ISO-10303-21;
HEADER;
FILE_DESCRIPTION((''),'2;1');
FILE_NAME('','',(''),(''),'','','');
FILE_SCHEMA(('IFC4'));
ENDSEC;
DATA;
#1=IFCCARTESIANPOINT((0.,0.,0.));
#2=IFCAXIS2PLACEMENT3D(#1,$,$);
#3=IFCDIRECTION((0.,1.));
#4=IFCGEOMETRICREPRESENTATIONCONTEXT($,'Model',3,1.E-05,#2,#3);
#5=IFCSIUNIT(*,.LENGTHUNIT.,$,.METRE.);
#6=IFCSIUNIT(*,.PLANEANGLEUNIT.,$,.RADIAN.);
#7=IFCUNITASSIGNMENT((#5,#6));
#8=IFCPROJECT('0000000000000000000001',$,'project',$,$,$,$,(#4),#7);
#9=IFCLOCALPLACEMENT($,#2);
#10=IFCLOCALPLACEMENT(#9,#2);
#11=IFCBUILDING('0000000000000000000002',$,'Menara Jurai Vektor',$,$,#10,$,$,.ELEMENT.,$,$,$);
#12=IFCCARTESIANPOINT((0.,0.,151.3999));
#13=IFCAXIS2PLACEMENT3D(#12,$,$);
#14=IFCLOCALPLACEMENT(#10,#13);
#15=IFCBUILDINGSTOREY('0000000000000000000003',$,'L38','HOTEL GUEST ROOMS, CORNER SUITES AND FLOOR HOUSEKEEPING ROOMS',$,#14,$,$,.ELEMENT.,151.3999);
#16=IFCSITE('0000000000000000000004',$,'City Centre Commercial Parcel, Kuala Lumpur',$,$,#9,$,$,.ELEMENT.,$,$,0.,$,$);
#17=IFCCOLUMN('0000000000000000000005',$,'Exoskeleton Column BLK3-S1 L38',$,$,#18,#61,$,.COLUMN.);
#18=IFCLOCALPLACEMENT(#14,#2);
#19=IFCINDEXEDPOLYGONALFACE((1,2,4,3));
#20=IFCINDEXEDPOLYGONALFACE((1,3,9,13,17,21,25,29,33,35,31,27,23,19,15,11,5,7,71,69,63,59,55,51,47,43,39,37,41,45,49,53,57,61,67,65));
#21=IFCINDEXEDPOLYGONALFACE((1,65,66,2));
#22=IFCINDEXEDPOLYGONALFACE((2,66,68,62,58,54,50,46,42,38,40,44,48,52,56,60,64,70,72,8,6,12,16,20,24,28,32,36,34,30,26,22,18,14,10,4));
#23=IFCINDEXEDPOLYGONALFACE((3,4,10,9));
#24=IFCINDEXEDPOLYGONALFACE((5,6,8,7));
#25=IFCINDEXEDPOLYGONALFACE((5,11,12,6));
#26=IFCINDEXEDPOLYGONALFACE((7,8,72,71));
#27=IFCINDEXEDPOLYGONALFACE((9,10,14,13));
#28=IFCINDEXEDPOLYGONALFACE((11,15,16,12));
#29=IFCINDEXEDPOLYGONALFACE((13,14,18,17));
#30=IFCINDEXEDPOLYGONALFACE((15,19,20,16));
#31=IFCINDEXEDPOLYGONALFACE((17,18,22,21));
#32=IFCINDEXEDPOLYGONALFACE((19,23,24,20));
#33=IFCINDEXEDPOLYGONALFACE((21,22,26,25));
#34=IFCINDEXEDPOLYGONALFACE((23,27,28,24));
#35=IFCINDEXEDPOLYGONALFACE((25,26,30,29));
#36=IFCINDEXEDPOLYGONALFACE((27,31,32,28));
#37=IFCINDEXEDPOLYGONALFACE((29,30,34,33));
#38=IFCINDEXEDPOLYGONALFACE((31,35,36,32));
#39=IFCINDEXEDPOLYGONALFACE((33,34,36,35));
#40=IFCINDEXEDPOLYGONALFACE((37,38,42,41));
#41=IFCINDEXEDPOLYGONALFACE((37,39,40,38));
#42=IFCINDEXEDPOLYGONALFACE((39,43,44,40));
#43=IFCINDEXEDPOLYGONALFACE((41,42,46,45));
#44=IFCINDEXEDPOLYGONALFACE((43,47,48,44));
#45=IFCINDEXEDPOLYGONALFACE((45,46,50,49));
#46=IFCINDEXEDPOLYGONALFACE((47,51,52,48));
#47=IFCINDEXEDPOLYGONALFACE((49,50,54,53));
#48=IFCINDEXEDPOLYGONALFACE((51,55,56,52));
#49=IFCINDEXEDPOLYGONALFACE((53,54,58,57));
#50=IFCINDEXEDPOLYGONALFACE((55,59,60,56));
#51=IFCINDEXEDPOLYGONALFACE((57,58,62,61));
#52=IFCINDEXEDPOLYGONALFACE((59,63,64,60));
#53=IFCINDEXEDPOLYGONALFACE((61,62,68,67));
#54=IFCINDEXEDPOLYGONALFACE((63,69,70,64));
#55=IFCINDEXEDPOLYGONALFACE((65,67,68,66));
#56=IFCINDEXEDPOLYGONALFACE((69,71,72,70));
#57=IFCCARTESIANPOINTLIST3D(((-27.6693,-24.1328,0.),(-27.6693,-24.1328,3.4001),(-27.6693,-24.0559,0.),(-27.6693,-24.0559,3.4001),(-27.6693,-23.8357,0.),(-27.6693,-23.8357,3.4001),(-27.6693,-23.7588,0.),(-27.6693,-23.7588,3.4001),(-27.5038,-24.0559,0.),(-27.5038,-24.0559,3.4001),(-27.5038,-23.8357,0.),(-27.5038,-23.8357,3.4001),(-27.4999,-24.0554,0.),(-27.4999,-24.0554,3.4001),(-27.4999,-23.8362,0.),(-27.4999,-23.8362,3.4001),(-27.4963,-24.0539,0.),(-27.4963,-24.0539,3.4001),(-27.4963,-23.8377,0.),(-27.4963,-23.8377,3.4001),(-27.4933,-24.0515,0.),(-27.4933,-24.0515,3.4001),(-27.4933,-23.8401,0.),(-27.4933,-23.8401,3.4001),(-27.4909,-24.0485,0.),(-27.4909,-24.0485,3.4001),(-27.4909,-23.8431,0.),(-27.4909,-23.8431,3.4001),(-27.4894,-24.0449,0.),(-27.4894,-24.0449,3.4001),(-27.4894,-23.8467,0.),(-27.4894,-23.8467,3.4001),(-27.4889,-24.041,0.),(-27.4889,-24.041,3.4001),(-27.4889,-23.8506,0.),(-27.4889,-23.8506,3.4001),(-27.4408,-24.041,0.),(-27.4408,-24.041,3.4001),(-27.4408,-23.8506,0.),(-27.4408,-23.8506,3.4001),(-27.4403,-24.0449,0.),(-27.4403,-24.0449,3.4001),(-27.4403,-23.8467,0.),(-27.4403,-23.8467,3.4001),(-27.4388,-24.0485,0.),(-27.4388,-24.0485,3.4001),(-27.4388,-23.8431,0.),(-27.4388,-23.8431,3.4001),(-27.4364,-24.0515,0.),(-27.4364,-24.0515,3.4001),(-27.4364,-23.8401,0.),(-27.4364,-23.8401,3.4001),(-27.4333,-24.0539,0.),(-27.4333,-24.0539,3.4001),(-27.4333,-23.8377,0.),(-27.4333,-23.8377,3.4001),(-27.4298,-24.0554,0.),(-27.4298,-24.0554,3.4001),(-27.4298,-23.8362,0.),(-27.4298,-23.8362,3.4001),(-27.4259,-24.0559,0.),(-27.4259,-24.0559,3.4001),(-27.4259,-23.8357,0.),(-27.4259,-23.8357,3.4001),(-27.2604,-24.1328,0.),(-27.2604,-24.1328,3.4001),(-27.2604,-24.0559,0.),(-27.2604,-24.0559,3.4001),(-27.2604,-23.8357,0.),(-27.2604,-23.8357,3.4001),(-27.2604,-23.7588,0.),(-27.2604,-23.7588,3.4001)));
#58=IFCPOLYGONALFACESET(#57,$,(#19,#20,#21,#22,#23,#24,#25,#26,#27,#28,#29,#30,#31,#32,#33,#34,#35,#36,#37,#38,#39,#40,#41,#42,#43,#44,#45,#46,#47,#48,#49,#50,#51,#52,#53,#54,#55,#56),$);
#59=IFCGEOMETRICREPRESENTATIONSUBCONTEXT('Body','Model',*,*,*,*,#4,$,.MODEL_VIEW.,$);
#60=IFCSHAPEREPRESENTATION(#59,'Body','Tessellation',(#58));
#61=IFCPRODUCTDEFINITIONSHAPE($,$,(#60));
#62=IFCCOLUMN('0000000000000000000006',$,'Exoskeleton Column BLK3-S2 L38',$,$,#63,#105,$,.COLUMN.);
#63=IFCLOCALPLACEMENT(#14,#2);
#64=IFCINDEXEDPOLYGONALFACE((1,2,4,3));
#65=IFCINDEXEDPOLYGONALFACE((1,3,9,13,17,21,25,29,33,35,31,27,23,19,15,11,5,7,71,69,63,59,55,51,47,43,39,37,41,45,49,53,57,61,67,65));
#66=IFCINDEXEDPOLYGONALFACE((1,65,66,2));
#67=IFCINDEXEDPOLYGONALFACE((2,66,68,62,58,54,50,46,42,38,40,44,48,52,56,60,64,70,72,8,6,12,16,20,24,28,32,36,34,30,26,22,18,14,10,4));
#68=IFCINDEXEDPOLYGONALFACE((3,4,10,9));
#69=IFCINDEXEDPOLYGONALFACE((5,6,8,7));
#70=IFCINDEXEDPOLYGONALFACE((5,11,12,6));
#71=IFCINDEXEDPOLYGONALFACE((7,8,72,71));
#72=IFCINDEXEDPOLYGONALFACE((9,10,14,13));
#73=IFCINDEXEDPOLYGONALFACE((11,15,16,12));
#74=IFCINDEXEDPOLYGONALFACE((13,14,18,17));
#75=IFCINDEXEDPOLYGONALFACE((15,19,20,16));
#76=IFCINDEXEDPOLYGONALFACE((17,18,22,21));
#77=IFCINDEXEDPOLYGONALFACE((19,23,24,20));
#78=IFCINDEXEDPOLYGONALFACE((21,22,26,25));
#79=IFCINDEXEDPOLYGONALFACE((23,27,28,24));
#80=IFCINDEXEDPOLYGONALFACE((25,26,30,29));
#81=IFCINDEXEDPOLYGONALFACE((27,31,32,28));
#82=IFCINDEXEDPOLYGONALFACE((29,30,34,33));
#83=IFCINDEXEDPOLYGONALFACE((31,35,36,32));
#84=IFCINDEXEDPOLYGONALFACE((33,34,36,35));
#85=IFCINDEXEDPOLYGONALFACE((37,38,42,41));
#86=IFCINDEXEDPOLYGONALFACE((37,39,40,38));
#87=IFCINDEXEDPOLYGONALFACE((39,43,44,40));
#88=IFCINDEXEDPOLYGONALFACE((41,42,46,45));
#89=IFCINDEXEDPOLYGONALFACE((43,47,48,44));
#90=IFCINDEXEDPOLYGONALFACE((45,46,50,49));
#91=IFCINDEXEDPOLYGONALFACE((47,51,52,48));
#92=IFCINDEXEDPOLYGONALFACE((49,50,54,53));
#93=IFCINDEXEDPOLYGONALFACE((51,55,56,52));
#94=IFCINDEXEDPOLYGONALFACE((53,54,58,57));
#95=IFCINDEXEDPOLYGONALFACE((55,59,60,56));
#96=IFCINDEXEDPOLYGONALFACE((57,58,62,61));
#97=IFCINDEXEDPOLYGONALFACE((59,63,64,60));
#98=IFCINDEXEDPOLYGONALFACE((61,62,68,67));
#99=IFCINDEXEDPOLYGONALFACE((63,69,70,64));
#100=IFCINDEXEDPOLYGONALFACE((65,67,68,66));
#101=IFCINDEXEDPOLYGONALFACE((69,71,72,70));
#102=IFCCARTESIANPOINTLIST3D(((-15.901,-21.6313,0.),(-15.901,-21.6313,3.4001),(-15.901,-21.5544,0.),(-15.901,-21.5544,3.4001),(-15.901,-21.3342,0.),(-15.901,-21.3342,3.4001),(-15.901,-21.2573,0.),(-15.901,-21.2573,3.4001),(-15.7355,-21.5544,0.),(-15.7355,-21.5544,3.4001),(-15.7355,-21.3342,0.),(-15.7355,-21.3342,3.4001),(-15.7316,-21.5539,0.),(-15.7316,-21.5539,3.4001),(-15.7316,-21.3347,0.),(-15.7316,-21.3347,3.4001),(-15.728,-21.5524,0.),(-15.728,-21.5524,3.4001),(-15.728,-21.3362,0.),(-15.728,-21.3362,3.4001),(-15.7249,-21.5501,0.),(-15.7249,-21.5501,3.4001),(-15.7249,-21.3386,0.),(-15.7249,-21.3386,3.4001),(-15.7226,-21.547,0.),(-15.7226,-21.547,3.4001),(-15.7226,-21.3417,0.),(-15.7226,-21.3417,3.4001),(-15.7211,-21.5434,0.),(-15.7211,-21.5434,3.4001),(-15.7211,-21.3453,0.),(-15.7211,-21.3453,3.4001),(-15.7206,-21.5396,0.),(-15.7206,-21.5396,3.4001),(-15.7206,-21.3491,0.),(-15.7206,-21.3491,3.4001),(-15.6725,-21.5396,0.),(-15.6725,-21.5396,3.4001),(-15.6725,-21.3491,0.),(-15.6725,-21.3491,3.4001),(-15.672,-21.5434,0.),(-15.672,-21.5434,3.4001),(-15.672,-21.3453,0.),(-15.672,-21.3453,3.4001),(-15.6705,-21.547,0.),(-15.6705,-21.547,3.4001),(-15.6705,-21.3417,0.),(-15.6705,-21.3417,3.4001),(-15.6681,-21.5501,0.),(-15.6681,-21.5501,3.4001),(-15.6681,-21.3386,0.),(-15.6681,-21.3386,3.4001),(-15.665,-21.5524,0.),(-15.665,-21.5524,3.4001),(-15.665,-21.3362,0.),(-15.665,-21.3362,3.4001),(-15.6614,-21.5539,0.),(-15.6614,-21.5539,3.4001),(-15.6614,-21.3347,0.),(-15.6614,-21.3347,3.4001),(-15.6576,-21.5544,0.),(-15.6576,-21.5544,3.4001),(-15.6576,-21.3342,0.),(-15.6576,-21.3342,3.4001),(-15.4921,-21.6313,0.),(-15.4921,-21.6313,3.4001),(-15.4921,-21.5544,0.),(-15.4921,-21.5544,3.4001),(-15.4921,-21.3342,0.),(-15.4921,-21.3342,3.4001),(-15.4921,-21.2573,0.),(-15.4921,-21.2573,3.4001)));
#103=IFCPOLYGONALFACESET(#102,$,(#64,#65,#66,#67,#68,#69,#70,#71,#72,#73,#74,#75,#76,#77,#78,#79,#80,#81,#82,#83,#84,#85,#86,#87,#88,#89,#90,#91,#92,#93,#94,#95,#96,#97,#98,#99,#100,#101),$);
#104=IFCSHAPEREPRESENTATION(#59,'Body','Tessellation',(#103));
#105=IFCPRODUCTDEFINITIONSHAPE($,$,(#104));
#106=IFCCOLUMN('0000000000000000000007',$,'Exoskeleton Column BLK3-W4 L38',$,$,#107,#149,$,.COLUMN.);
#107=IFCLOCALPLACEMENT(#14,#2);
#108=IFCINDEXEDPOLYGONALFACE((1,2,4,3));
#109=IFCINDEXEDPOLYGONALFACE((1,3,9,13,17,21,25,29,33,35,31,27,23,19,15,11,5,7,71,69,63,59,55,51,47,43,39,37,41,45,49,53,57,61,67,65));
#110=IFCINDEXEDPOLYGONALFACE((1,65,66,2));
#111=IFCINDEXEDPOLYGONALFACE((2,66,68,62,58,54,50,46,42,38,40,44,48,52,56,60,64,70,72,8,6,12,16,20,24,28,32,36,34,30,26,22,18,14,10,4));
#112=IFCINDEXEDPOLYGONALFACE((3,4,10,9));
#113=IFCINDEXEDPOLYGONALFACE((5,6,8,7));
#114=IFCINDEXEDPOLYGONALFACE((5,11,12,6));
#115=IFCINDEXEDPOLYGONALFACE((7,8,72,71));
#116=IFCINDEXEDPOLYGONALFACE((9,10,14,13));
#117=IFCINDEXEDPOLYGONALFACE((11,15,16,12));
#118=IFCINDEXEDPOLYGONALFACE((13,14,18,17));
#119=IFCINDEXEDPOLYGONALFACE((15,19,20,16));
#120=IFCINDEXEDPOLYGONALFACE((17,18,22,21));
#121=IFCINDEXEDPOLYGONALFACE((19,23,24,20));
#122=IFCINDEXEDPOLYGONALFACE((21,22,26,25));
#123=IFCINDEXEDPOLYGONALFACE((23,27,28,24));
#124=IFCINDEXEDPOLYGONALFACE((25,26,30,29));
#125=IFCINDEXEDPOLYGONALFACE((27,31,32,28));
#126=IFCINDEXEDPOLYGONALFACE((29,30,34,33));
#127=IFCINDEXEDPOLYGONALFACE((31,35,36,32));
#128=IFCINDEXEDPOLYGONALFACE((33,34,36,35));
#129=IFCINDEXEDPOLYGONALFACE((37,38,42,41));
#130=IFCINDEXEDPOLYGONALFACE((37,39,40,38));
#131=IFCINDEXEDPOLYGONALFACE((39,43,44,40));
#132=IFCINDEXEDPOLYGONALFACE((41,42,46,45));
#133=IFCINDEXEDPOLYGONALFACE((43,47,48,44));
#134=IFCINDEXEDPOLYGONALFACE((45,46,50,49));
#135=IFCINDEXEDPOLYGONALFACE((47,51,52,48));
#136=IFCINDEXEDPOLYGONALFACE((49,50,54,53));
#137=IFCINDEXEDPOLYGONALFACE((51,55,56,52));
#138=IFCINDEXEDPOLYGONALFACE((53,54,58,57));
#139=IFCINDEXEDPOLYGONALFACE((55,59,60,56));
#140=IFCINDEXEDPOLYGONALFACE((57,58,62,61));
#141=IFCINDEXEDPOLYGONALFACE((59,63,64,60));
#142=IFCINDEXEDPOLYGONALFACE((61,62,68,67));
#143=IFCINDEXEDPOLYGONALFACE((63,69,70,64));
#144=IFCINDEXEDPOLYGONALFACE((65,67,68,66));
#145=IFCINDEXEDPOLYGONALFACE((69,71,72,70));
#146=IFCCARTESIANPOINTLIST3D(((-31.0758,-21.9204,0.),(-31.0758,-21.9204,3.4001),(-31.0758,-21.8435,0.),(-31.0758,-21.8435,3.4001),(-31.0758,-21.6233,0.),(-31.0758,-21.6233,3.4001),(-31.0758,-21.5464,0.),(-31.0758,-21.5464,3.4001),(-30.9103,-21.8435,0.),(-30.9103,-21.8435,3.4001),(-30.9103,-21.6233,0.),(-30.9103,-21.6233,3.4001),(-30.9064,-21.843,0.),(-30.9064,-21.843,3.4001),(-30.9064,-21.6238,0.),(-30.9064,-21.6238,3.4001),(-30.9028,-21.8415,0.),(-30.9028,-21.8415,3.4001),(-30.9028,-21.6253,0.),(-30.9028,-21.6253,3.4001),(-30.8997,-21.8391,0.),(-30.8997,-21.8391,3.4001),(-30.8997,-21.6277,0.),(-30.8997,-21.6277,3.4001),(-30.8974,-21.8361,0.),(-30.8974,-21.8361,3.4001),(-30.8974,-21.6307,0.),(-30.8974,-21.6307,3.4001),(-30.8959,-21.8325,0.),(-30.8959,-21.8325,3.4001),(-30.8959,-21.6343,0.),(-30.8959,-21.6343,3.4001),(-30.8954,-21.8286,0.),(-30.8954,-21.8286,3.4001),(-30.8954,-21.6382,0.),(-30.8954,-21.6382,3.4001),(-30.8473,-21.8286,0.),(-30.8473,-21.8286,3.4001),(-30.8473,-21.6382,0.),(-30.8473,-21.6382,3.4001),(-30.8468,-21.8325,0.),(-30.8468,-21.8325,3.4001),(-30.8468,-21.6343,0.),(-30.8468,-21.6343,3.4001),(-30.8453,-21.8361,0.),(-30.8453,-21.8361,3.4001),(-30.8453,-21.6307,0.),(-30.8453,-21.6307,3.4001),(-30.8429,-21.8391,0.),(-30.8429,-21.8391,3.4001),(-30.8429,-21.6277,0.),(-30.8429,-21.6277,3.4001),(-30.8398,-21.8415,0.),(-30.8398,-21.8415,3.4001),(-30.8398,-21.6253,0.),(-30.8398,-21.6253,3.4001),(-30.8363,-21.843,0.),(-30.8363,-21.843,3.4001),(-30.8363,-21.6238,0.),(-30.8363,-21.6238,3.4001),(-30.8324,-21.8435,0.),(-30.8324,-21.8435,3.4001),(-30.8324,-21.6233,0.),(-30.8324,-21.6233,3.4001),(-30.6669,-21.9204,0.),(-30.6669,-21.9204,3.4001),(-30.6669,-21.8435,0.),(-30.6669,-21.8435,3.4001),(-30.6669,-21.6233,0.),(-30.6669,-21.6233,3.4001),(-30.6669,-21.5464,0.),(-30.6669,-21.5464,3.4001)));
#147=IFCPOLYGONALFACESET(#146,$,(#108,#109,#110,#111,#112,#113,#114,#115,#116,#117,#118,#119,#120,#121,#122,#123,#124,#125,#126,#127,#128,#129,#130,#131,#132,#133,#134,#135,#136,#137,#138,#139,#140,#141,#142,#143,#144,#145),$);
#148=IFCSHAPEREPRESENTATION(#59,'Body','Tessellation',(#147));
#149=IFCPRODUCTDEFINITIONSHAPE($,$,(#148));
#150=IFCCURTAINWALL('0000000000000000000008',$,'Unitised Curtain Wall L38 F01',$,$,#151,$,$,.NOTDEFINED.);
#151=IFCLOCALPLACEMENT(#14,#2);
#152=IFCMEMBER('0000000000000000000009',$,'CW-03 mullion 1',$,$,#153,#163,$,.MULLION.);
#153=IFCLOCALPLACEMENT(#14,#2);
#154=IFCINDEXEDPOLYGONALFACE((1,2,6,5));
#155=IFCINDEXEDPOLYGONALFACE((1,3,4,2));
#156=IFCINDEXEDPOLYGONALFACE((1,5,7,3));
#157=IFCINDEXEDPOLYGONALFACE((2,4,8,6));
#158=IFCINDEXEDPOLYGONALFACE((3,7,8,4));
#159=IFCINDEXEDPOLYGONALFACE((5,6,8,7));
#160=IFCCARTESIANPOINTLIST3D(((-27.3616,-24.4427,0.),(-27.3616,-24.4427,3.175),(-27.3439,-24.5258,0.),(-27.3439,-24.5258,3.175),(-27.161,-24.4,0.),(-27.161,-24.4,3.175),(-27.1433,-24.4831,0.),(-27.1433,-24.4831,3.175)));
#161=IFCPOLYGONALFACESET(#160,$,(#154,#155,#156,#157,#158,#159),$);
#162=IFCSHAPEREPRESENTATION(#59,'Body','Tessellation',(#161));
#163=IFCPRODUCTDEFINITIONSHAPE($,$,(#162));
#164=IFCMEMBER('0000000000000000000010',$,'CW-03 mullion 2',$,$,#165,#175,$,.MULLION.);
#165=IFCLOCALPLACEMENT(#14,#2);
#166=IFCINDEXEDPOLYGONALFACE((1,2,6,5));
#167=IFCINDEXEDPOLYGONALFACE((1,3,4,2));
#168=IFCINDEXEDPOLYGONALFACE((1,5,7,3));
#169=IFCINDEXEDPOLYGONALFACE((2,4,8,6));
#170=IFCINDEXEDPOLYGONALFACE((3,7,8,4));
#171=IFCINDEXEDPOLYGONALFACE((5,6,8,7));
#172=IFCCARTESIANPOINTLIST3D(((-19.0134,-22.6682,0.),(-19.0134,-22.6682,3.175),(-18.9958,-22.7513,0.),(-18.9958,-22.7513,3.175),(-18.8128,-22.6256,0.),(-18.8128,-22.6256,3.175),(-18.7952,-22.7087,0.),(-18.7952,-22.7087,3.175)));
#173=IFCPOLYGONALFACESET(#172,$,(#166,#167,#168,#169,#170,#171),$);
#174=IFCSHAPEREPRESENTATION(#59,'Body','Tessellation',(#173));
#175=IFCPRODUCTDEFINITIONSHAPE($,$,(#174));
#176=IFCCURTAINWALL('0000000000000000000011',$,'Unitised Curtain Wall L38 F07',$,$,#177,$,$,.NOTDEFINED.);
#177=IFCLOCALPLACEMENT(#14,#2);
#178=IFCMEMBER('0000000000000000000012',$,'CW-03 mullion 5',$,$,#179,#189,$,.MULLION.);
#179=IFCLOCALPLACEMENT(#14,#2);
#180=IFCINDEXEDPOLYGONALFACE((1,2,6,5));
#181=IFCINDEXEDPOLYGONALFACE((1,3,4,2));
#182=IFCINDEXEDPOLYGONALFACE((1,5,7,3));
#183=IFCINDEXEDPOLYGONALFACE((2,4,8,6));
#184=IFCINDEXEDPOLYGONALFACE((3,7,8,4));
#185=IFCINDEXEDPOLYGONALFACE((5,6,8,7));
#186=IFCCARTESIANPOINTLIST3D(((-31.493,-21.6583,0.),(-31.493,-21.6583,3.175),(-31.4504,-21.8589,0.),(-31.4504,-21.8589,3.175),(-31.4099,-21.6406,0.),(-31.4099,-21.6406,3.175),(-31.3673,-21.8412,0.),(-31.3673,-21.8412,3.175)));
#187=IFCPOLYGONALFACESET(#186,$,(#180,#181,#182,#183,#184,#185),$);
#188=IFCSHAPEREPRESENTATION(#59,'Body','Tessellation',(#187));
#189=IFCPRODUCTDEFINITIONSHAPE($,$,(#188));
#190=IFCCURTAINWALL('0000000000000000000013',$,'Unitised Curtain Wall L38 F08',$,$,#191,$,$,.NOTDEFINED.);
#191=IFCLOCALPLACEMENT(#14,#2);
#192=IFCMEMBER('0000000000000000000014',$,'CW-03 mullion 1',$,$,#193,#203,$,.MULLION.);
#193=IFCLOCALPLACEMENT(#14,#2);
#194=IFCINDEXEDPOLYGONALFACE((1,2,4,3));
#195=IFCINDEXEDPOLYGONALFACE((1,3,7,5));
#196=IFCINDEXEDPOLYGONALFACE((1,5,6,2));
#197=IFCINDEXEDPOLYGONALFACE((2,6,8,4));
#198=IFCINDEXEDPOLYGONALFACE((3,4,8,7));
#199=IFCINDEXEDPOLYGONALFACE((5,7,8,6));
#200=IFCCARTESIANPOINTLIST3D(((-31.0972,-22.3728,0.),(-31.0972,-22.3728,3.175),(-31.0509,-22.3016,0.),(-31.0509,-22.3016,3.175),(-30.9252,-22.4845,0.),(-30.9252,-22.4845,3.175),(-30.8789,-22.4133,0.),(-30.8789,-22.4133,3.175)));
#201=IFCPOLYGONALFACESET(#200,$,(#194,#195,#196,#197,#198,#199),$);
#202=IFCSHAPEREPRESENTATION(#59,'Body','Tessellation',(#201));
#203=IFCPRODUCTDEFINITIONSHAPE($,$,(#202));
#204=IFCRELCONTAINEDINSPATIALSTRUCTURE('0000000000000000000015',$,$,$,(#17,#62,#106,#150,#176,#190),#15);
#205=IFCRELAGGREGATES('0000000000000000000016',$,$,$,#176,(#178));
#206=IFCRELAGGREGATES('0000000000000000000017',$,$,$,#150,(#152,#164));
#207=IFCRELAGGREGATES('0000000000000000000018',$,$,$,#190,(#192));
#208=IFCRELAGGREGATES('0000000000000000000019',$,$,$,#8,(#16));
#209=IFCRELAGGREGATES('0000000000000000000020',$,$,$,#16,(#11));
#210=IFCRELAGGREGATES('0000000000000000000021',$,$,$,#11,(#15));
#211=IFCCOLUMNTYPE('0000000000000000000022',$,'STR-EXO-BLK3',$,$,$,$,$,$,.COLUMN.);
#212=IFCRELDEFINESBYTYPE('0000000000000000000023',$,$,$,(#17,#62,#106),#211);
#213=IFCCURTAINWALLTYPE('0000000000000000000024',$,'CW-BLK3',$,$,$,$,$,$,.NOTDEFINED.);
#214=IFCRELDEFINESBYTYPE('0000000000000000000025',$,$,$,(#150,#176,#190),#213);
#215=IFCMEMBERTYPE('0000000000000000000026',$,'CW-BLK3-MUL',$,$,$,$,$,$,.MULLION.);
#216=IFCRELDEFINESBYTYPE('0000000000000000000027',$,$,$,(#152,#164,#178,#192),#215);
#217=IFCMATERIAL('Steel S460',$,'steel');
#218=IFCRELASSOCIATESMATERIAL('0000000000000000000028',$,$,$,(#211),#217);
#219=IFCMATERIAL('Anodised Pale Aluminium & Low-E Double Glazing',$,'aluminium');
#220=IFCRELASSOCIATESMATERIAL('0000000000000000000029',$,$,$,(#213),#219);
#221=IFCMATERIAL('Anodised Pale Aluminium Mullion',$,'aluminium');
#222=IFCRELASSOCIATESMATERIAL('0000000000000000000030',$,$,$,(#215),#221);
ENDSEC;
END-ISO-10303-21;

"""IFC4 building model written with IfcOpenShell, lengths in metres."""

from ifc_helpers import new_model, si_unit, direction, frame, origin, origin_2d, place, context, subcontext, project, spatial, rectangle, i_section, extrude, material, material_profile, profile_set, type_object, element, aggregate, save


model = new_model("IFC4")

# Units and contexts
model_context = context("Model", 3, precision=1e-05, world=origin(), true_north=direction((0.0, 1.0)))
body_context = subcontext(model_context, "Body", "Model", "MODEL_VIEW")
ifc_project = project(units=[si_unit("LENGTHUNIT", "METRE"), si_unit("PLANEANGLEUNIT", "RADIAN")], contexts=[model_context])

# Site, building, storey
site_placement = place(None, origin())
site = spatial("IfcSite", under=ifc_project, at=site_placement, Name="City Centre Commercial Parcel, Kuala Lumpur", CompositionType="ELEMENT", RefElevation=0.0)
building_placement = place(site_placement, origin())
building = spatial("IfcBuilding", under=site, at=building_placement, Name="Menara Jurai Vektor", CompositionType="ELEMENT")
storey_placement = place(building_placement, frame((0.0, 0.0, 151.3999)))
storey = spatial("IfcBuildingStorey", under=building, at=storey_placement, Name="L38", Description="HOTEL GUEST ROOMS, CORNER SUITES AND FLOOR HOUSEKEEPING ROOMS", CompositionType="ELEMENT", Elevation=151.3999)

# Columns
ifc_material_1 = material(Name="Steel S460", Category="steel")
ifc_material_profile_1 = material_profile(ifc_material_1, i_section(OverallWidth=0.4089, OverallDepth=0.374, WebThickness=0.0481, FlangeThickness=0.0769, FilletRadius=0.0149, at=origin_2d()), Name="HD 400x634")
ifc_profile_set_1 = profile_set([ifc_material_profile_1], Name="Steel S460")
column_type = type_object("IfcColumnType", Name="STR-EXO-BLK3", PredefinedType="COLUMN", material=ifc_profile_set_1)
for number, where, z_axis, x_axis, name in (
    (1, (-27.4648, -23.9458, 0.0), (0.0, 0.0, 1.0), (1.0, 0.0, 0.0), "Exoskeleton Column BLK3-S1 L38"),
    (2, (-15.6965, -21.4443, 0.0), (0.0, 0.0, 1.0), (1.0, 0.0, 0.0), "Exoskeleton Column BLK3-S2 L38"),
    (3, (-30.8713, -21.7334, 0.0), (0.0, 0.0, 1.0), (1.0, 0.0, 0.0), "Exoskeleton Column BLK3-W4 L38"),
):
    element("IfcColumn", number, at=place(storey_placement, frame(where, z_axis=z_axis, x_axis=x_axis)), inside=storey, type_object=column_type, Name=name, PredefinedType="COLUMN", context=body_context, shape_type="SweptSolid", body=[
        extrude(i_section(OverallWidth=0.4089, OverallDepth=0.374, WebThickness=0.0481, FlangeThickness=0.0769, FilletRadius=0.0149, at=origin_2d()), origin(), (0.0, 0.0, 1.0), 3.4001),
    ])

# Curtain wall, members
ifc_material_2 = material(Name="Anodised Pale Aluminium & Low-E Double Glazing", Category="aluminium")
curtain_wall_type = type_object("IfcCurtainWallType", Name="CW-BLK3", PredefinedType="NOTDEFINED", material=ifc_material_2)
curtain_wall_1_placement = place(storey_placement, origin())
curtain_wall_1 = element("IfcCurtainWall", 4, at=curtain_wall_1_placement, inside=storey, type_object=curtain_wall_type, Name="Unitised Curtain Wall L38 F01", PredefinedType="NOTDEFINED")
ifc_material_3 = material(Name="Anodised Pale Aluminium Mullion", Category="aluminium")
ifc_material_profile_2 = material_profile(ifc_material_3, rectangle(XDim=0.085, YDim=0.2051, at=origin_2d()), Name="ALU MUL 85x205")
ifc_profile_set_2 = profile_set([ifc_material_profile_2], Name="Anodised Pale Aluminium Mullion")
member_type_1 = type_object("IfcMemberType", Name="CW-BLK3-MUL", PredefinedType="MULLION", material=ifc_profile_set_2)
member_1_placement = place(storey_placement, frame((-27.2524, -24.4629, 0.0), z_axis=(0.0, 0.0, 1.0), x_axis=(-0.207911, 0.978148, 0.0)))
member_1 = element("IfcMember", 5, at=member_1_placement, type_object=member_type_1, Name="CW-03 mullion 1", PredefinedType="MULLION", context=body_context, shape_type="SweptSolid", body=[
    extrude(rectangle(XDim=0.085, YDim=0.2051, at=origin_2d()), origin(), (0.0, 0.0, 1.0), 3.175),
])
member_2_placement = place(storey_placement, frame((-18.9043, -22.6885, 0.0), z_axis=(0.0, 0.0, 1.0), x_axis=(-0.207911, 0.978148, 0.0)))
member_2 = element("IfcMember", 6, at=member_2_placement, type_object=member_type_1, Name="CW-03 mullion 2", PredefinedType="MULLION", context=body_context, shape_type="SweptSolid", body=[
    extrude(rectangle(XDim=0.085, YDim=0.2051, at=origin_2d()), origin(), (0.0, 0.0, 1.0), 3.175),
])

# Curtain wall, member
curtain_wall_2_placement = place(storey_placement, origin())
curtain_wall_2 = element("IfcCurtainWall", 7, at=curtain_wall_2_placement, inside=storey, type_object=curtain_wall_type, Name="Unitised Curtain Wall L38 F07", PredefinedType="NOTDEFINED")
member_3_placement = place(storey_placement, frame((-31.4302, -21.7498, 0.0), z_axis=(0.0, 0.0, 1.0), x_axis=(0.978148, 0.20791, 0.0)))
member_3 = element("IfcMember", 8, at=member_3_placement, type_object=member_type_1, Name="CW-03 mullion 5", PredefinedType="MULLION", context=body_context, shape_type="SweptSolid", body=[
    extrude(rectangle(XDim=0.085, YDim=0.2051, at=origin_2d()), origin(), (0.0, 0.0, 1.0), 3.175),
])
aggregate(curtain_wall_2, [member_3])

# Curtain wall, member
curtain_wall_3_placement = place(storey_placement, origin())
curtain_wall_3 = element("IfcCurtainWall", 9, at=curtain_wall_3_placement, inside=storey, type_object=curtain_wall_type, Name="Unitised Curtain Wall L38 F08", PredefinedType="NOTDEFINED")
member_4_placement = place(storey_placement, frame((-30.988, -22.3931, 0.0), z_axis=(0.0, 0.0, 1.0), x_axis=(0.544618, 0.838684, 0.0)))
member_4 = element("IfcMember", 10, at=member_4_placement, type_object=member_type_1, Name="CW-03 mullion 1", PredefinedType="MULLION", context=body_context, shape_type="SweptSolid", body=[
    extrude(rectangle(XDim=0.085, YDim=0.2051, at=origin_2d()), origin(), (0.0, 0.0, 1.0), 3.175),
])

aggregate(curtain_wall_1, [member_1, member_2])
aggregate(curtain_wall_3, [member_4])

save(model, "model.ifc")
